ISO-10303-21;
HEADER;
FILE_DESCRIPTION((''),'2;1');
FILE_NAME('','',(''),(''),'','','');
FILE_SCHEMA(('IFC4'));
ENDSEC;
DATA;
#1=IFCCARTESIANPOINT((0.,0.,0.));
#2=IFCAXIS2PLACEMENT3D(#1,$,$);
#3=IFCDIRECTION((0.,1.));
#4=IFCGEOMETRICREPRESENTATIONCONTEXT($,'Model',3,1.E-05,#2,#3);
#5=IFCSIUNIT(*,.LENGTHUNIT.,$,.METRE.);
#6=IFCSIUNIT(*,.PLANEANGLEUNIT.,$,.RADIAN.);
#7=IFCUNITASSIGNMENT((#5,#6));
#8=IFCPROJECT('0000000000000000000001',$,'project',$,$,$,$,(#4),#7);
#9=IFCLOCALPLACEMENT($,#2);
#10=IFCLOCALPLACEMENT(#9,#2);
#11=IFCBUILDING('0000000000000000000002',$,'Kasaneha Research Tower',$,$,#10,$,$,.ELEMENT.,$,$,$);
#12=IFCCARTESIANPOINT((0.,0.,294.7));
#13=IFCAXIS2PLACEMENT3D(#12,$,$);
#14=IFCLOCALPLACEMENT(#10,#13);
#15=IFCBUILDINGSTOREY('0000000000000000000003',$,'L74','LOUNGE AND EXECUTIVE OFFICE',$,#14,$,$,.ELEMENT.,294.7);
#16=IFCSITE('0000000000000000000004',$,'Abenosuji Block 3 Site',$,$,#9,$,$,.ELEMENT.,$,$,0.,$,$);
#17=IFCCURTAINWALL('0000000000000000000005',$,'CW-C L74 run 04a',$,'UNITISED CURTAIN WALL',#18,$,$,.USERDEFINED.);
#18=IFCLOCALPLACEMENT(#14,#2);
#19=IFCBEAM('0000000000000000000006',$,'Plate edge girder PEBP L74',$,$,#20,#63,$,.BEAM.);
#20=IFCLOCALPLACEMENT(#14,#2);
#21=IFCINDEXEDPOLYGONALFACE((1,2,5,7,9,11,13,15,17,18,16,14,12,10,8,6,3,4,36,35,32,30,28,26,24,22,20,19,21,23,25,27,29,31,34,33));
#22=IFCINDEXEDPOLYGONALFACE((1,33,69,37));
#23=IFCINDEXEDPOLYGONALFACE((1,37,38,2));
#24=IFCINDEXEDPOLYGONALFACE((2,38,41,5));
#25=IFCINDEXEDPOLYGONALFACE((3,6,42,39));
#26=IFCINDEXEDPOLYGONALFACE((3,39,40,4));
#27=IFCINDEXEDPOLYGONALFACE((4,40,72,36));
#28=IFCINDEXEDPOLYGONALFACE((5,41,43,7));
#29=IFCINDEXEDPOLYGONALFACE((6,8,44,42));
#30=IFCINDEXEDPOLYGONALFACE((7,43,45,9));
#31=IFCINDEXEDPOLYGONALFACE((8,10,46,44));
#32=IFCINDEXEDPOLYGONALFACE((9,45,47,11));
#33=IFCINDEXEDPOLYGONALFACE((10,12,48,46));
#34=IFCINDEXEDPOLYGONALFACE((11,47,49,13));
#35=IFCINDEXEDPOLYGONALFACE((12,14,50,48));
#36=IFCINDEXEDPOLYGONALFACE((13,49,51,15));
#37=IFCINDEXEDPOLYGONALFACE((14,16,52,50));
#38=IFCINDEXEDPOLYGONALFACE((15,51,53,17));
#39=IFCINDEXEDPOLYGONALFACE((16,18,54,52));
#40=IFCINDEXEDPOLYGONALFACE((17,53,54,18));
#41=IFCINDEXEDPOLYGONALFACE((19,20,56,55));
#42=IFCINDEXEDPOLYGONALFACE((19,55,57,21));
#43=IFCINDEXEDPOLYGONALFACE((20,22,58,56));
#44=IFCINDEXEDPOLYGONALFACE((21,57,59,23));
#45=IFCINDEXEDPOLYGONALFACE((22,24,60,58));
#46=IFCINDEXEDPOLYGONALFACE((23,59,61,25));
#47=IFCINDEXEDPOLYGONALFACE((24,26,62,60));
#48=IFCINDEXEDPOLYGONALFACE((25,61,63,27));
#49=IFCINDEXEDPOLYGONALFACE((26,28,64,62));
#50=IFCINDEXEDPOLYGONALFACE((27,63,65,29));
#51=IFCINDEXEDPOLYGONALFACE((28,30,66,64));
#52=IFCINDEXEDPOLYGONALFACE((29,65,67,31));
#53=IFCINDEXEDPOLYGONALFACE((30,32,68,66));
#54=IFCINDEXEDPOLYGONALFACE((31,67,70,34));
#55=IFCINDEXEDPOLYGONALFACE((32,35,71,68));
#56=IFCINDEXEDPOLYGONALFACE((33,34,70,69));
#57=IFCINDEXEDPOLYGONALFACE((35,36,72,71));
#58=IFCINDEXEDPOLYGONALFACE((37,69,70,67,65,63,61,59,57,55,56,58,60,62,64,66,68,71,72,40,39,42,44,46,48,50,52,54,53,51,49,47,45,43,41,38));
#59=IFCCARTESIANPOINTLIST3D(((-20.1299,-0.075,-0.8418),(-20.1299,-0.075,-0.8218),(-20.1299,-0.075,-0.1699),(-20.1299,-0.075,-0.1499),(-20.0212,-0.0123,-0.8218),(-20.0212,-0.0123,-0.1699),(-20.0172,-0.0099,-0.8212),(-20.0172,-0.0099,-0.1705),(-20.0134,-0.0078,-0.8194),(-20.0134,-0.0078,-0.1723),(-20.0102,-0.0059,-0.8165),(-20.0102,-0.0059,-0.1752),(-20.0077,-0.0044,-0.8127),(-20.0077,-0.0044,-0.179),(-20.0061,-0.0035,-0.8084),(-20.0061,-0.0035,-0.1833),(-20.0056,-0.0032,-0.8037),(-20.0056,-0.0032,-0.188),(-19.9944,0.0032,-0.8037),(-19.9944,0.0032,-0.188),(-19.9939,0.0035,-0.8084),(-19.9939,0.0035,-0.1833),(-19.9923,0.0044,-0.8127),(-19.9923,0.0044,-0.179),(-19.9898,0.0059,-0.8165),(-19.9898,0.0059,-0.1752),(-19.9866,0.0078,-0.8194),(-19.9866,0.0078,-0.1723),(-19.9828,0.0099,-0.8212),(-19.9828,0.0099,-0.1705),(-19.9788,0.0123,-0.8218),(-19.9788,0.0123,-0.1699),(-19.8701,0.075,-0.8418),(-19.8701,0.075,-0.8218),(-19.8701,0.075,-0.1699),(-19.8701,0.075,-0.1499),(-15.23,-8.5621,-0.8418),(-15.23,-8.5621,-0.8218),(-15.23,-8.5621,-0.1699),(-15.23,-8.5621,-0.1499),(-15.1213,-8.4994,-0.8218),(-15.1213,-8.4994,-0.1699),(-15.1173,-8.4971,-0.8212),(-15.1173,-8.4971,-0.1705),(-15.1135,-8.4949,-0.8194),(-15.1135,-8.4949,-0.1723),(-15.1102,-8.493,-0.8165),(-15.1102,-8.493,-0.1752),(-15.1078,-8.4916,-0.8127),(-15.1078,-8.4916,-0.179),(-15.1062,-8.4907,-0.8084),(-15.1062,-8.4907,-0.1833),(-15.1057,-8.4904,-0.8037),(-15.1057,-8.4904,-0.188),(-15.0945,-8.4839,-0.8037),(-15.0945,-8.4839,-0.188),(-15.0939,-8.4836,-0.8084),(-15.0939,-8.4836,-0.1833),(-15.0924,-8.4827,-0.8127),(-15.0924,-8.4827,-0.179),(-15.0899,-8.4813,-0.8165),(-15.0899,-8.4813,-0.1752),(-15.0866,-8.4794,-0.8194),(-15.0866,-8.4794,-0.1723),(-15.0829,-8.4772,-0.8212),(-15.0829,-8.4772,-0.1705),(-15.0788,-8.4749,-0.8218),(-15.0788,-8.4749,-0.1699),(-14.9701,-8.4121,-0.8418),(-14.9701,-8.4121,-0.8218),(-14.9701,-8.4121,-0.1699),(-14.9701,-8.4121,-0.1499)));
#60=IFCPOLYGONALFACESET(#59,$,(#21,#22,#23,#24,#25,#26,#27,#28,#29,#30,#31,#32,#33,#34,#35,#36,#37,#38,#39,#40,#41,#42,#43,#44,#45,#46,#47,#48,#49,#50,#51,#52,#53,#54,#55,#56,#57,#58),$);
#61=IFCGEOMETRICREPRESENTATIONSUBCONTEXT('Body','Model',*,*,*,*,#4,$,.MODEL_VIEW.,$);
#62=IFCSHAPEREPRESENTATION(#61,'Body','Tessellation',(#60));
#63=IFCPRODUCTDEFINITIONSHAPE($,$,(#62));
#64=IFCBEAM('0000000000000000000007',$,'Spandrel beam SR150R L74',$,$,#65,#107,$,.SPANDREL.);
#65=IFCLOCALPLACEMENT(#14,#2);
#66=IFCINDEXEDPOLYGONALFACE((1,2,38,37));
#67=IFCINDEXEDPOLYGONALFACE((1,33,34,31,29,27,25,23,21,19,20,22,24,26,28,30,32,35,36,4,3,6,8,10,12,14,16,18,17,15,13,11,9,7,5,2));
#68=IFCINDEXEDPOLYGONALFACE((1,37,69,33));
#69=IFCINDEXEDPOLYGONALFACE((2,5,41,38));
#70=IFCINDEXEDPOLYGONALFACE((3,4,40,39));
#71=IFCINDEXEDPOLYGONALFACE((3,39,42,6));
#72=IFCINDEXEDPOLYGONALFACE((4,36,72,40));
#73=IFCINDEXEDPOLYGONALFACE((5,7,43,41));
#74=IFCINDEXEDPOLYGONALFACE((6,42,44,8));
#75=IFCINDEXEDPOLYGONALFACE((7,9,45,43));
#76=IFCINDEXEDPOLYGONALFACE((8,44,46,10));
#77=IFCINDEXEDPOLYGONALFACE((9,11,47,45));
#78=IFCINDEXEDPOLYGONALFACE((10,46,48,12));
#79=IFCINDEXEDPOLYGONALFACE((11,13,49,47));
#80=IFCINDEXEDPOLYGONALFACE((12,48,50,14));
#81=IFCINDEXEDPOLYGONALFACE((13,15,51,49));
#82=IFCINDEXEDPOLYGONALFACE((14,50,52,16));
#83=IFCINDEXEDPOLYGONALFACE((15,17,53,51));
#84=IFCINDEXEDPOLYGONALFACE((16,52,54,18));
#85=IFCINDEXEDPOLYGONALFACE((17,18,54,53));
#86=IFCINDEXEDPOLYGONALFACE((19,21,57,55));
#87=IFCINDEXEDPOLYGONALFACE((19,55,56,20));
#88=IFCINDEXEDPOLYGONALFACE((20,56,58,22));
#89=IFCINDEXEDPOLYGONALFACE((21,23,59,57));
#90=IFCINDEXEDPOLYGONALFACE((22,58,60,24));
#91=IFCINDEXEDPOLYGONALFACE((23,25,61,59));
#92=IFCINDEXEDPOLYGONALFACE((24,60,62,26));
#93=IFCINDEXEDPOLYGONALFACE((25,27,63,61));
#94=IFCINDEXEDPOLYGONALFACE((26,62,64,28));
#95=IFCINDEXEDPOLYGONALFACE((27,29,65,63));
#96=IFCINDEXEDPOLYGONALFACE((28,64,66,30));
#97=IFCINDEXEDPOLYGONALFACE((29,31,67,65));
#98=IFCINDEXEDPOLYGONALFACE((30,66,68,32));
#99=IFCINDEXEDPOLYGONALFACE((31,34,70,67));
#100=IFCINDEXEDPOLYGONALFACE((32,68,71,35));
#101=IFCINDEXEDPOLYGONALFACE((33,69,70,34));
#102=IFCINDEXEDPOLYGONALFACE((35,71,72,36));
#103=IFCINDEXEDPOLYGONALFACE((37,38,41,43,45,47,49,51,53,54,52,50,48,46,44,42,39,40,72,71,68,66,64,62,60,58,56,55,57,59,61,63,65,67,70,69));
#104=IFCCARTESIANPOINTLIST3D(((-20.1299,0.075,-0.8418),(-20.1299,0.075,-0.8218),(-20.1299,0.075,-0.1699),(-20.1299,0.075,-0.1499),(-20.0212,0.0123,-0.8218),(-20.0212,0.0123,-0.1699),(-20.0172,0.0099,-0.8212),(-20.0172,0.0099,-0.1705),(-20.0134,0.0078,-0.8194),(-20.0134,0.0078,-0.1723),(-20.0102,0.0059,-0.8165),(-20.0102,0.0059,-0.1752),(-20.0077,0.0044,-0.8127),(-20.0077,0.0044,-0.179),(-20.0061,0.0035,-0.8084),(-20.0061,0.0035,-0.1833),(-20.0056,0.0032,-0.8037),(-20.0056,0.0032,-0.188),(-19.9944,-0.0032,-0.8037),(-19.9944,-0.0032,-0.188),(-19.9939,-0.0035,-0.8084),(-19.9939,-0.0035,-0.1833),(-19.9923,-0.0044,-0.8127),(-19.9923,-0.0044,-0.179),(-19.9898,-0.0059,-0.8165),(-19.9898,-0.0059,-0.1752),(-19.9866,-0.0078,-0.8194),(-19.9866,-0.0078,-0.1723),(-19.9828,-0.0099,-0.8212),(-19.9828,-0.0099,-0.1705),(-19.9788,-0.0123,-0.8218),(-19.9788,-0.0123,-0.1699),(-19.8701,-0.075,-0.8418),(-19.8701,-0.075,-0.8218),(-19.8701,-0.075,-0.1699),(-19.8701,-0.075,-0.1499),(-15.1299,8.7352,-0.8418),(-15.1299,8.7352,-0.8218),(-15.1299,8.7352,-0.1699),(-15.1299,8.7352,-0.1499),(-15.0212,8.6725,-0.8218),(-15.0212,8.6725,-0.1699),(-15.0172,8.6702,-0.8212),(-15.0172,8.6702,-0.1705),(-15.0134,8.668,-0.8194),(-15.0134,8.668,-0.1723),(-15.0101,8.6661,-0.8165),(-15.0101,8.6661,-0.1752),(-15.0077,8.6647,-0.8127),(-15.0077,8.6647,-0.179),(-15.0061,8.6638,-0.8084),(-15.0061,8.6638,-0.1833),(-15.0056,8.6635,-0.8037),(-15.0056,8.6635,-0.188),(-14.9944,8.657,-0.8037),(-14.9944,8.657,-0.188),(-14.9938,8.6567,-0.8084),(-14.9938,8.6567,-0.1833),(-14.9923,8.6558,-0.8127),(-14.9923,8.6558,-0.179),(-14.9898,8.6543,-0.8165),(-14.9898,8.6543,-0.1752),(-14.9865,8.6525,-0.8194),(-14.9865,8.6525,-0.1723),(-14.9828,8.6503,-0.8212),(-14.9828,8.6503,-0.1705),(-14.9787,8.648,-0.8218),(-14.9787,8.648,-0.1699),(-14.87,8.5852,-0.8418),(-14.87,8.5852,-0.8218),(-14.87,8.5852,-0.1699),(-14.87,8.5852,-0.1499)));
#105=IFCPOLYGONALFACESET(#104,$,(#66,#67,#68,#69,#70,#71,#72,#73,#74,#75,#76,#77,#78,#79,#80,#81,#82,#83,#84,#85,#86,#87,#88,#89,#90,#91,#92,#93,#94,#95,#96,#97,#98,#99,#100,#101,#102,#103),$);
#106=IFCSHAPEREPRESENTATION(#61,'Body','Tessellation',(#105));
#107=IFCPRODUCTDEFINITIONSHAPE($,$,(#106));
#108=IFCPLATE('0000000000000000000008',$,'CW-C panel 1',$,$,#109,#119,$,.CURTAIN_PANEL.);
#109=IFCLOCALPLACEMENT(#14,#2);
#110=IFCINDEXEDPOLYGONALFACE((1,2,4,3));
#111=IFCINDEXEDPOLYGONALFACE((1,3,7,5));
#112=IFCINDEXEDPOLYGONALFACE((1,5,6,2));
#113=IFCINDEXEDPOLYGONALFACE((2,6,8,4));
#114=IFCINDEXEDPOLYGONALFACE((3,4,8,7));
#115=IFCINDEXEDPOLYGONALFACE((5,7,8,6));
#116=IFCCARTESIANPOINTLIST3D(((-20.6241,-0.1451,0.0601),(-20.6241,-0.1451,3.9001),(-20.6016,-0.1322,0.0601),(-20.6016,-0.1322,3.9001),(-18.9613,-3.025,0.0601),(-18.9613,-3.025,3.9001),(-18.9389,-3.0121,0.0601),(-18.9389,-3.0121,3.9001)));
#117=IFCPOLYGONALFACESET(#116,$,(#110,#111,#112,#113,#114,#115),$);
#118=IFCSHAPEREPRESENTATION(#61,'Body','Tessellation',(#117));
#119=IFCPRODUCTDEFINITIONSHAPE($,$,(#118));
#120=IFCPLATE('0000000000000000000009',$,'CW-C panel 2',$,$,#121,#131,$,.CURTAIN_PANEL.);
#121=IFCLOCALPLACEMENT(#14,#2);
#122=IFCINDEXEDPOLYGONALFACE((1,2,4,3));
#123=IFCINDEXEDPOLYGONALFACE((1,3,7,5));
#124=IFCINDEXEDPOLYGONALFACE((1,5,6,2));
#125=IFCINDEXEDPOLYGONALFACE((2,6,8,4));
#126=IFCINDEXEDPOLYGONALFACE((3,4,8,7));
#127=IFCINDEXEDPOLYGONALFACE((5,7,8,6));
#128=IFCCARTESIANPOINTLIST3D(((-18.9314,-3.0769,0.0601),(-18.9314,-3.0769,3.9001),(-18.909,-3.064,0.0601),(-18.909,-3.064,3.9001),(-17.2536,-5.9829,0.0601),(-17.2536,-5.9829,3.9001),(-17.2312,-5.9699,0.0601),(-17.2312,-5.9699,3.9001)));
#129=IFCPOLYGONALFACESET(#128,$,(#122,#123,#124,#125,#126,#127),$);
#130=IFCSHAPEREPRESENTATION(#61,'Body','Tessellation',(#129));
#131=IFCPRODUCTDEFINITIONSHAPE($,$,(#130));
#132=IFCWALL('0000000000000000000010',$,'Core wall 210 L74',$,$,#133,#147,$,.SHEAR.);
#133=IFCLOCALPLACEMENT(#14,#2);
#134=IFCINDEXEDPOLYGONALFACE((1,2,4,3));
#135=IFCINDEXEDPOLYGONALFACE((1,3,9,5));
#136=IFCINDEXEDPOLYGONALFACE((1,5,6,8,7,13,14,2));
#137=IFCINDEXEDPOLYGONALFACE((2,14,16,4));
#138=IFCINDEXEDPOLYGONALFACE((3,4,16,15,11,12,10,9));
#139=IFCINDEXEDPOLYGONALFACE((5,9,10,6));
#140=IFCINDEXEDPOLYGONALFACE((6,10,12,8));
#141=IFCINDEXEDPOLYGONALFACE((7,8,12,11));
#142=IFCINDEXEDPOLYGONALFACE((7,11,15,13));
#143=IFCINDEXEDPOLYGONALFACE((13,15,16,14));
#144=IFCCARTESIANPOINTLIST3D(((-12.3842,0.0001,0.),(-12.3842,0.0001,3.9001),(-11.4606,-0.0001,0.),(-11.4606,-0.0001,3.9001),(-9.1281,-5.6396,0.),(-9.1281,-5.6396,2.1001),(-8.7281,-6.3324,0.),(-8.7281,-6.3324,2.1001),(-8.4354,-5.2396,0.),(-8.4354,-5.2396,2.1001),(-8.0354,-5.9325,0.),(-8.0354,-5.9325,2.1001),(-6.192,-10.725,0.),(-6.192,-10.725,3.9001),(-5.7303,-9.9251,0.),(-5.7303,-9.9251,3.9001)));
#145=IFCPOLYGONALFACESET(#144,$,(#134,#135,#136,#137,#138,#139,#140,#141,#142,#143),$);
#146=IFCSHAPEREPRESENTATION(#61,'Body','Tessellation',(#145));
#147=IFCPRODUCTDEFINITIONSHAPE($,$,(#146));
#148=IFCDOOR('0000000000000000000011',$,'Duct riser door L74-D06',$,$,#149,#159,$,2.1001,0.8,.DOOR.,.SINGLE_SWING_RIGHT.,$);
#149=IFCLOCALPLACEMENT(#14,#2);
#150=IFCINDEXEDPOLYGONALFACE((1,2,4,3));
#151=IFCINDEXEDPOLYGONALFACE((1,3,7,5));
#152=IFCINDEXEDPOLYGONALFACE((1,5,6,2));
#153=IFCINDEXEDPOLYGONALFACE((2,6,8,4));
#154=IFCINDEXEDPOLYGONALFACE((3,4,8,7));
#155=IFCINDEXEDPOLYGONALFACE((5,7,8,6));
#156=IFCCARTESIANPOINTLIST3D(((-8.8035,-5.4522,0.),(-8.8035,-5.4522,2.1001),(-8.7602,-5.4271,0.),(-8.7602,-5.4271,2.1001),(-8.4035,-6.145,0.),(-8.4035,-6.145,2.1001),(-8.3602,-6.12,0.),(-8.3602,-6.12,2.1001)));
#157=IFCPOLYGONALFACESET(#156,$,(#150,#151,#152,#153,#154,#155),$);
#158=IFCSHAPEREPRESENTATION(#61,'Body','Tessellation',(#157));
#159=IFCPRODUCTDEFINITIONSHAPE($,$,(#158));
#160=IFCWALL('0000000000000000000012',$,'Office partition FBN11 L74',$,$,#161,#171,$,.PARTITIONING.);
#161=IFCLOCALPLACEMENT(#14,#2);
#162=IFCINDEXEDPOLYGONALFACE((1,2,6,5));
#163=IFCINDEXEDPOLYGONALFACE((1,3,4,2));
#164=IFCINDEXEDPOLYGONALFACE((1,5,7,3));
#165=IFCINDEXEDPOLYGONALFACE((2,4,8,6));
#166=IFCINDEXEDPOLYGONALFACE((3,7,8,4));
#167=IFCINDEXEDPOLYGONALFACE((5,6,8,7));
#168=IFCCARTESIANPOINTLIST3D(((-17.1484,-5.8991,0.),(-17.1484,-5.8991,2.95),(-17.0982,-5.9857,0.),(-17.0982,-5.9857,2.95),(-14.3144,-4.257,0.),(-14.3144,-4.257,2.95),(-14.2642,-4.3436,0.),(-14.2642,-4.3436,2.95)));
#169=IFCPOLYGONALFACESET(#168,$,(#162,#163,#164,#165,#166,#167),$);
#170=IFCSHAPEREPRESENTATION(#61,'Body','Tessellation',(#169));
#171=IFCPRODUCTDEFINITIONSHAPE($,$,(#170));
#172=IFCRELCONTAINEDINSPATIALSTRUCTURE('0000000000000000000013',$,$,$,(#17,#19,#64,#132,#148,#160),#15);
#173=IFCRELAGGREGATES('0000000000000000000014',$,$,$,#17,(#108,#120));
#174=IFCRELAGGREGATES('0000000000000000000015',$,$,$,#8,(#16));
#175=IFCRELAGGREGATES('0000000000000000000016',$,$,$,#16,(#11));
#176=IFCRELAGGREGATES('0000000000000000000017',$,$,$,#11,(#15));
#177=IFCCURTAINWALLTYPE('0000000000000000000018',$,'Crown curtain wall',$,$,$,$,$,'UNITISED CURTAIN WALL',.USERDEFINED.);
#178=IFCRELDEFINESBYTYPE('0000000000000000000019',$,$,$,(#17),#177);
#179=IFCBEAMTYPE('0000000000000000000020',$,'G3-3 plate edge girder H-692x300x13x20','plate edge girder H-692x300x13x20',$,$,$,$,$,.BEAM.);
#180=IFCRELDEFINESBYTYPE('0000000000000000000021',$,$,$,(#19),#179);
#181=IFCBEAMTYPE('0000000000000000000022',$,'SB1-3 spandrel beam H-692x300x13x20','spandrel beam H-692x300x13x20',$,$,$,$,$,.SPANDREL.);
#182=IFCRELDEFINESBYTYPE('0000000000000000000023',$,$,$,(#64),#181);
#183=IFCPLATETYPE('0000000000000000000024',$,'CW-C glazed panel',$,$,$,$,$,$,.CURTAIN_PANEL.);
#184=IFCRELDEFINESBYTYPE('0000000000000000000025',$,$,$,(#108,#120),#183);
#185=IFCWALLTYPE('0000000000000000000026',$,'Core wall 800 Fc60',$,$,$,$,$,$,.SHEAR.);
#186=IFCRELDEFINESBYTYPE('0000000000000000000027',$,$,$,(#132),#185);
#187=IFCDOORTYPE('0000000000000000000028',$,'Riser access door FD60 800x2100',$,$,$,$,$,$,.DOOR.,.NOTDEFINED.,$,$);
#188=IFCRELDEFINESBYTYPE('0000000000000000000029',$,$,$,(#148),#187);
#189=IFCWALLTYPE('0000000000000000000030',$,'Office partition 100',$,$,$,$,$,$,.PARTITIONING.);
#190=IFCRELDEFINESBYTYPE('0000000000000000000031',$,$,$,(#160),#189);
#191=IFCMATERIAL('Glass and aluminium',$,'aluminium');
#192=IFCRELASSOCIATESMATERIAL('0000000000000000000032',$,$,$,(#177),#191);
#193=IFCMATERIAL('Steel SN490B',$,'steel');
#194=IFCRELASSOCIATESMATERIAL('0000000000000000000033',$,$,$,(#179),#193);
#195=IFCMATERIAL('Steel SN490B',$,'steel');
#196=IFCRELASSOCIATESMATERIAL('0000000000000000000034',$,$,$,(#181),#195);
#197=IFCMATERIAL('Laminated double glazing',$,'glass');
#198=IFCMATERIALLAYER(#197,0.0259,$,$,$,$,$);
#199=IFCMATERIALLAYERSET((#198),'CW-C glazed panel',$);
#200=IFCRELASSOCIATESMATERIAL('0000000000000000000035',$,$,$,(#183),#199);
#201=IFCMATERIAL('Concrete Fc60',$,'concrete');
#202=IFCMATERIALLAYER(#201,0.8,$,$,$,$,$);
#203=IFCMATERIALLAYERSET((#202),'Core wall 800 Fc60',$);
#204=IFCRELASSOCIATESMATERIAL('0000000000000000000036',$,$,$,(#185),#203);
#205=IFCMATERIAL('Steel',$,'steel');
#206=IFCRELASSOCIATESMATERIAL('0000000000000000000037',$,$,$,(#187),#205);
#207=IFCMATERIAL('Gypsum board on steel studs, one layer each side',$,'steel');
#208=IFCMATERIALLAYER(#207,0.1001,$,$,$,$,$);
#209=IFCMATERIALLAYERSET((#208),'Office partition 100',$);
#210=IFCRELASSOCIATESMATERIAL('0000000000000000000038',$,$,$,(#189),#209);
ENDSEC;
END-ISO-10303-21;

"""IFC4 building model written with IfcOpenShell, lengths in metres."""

from ifc_helpers import new_model, si_unit, direction, frame, frame_2d, origin, origin_2d, place, context, subcontext, project, spatial, polyline, rectangle, i_section, outline, extrude, material, layer, layer_set, material_profile, profile_set, type_object, element, fill, aggregate, save


model = new_model("IFC4")

# Units and contexts
model_context = context("Model", 3, precision=1e-05, world=origin(), true_north=direction((0.0, 1.0)))
body_context = subcontext(model_context, "Body", "Model", "MODEL_VIEW")
ifc_project = project(units=[si_unit("LENGTHUNIT", "METRE"), si_unit("PLANEANGLEUNIT", "RADIAN")], contexts=[model_context])

# Site, building, storey
site_placement = place(None, origin())
site = spatial("IfcSite", under=ifc_project, at=site_placement, Name="Abenosuji Block 3 Site", CompositionType="ELEMENT", RefElevation=0.0)
building_placement = place(site_placement, origin())
building = spatial("IfcBuilding", under=site, at=building_placement, Name="Kasaneha Research Tower", CompositionType="ELEMENT")
storey_placement = place(building_placement, frame((0.0, 0.0, 294.7)))
storey = spatial("IfcBuildingStorey", under=building, at=storey_placement, Name="L74", Description="LOUNGE AND EXECUTIVE OFFICE", CompositionType="ELEMENT", Elevation=294.7)

# Curtain wall
ifc_material_1 = material(Name="Glass and aluminium", Category="aluminium")
curtain_wall_type = type_object("IfcCurtainWallType", Name="Crown curtain wall", ElementType="UNITISED CURTAIN WALL", PredefinedType="USERDEFINED", material=ifc_material_1)
curtain_wall_placement = place(storey_placement, origin())
curtain_wall = element("IfcCurtainWall", 1, at=curtain_wall_placement, inside=storey, type_object=curtain_wall_type, Name="CW-C L74 run 04a", ObjectType="UNITISED CURTAIN WALL", PredefinedType="USERDEFINED")

# Beams
ifc_material_2 = material(Name="Steel SN490B", Category="steel")
ifc_material_profile_1 = material_profile(ifc_material_2, i_section(OverallWidth=0.3, OverallDepth=0.6919, WebThickness=0.0129, FlangeThickness=0.02, FilletRadius=0.0181, at=origin_2d()), Name="H-692x300x13x20")
ifc_profile_set_1 = profile_set([ifc_material_profile_1], Name="Steel SN490B")
beam_type_1 = type_object("IfcBeamType", Name="G3-3 plate edge girder H-692x300x13x20", Description="plate edge girder H-692x300x13x20", PredefinedType="BEAM", material=ifc_profile_set_1)
beam_1_placement = place(storey_placement, frame((-20.0, 0.0, -0.4958), z_axis=(0.499992, -0.86603, 0.0), x_axis=(0.86603, 0.499992, 0.0)))
element("IfcBeam", 2, at=beam_1_placement, inside=storey, type_object=beam_type_1, Name="Plate edge girder PEBP L74", PredefinedType="BEAM", context=body_context, shape_type="SweptSolid", body=[
    extrude(i_section(OverallWidth=0.3, OverallDepth=0.6919, WebThickness=0.0129, FlangeThickness=0.02, FilletRadius=0.0181, at=origin_2d()), origin(), (0.0, 0.0, 1.0), 9.8),
])
ifc_material_3 = material(Name="Steel SN490B", Category="steel")
ifc_material_profile_2 = material_profile(ifc_material_3, i_section(OverallWidth=0.3, OverallDepth=0.6919, WebThickness=0.0129, FlangeThickness=0.02, FilletRadius=0.0181, at=origin_2d()), Name="H-692x300x13x20")
ifc_profile_set_2 = profile_set([ifc_material_profile_2], Name="Steel SN490B")
beam_type_2 = type_object("IfcBeamType", Name="SB1-3 spandrel beam H-692x300x13x20", Description="spandrel beam H-692x300x13x20", PredefinedType="SPANDREL", material=ifc_profile_set_2)
beam_2_placement = place(storey_placement, frame((-20.0, 0.0, -0.4958), z_axis=(0.500004, 0.866023, 0.0), x_axis=(-0.866023, 0.500004, 0.0)))
element("IfcBeam", 3, at=beam_2_placement, inside=storey, type_object=beam_type_2, Name="Spandrel beam SR150R L74", PredefinedType="SPANDREL", context=body_context, shape_type="SweptSolid", body=[
    extrude(i_section(OverallWidth=0.3, OverallDepth=0.6919, WebThickness=0.0129, FlangeThickness=0.02, FilletRadius=0.0181, at=origin_2d()), origin(), (0.0, 0.0, 1.0), 10.0),
])

# Plates
ifc_material_4 = material(Name="Laminated double glazing", Category="glass")
ifc_layer_1 = layer(ifc_material_4, 0.0259)
ifc_layer_set_1 = layer_set([ifc_layer_1], Name="CW-C glazed panel")
plate_type = type_object("IfcPlateType", Name="CW-C glazed panel", PredefinedType="CURTAIN_PANEL", material=ifc_layer_set_1)
plate_1_placement = place(storey_placement, frame((-19.7815, -1.5786, 0.0601), z_axis=(0.0, 0.0, 1.0), x_axis=(0.5, -0.866025, 0.0)))
plate_1 = element("IfcPlate", 4, at=plate_1_placement, type_object=plate_type, Name="CW-C panel 1", PredefinedType="CURTAIN_PANEL", context=body_context, shape_type="SweptSolid", body=[
    extrude(rectangle(XDim=3.3254, YDim=0.0259, at=origin_2d()), origin(), (0.0, 0.0, 1.0), 3.8401),
])
plate_2_placement = place(storey_placement, frame((-18.0813, -4.5234, 0.0601), z_axis=(0.0, 0.0, 1.0), x_axis=(0.5, -0.866025, 0.0)))
plate_2 = element("IfcPlate", 5, at=plate_2_placement, type_object=plate_type, Name="CW-C panel 2", PredefinedType="CURTAIN_PANEL", context=body_context, shape_type="SweptSolid", body=[
    extrude(rectangle(XDim=3.3555, YDim=0.0259, at=origin_2d()), origin(), (0.0, 0.0, 1.0), 3.8401),
])
aggregate(curtain_wall, [plate_1, plate_2])

# Wall, opening, door
ifc_material_5 = material(Name="Concrete Fc60", Category="concrete")
ifc_layer_2 = layer(ifc_material_5, 0.8)
ifc_layer_set_2 = layer_set([ifc_layer_2], Name="Core wall 800 Fc60")
wall_type_1 = type_object("IfcWallType", Name="Core wall 800 Fc60", PredefinedType="SHEAR", material=ifc_layer_set_2)
wall_1_placement = place(storey_placement, frame((-11.9224, 0.0, 0.0), z_axis=(0.0, 0.0, 1.0), x_axis=(0.500004, -0.866023, 0.0)))
wall_1 = element("IfcWall", 6, at=wall_1_placement, inside=storey, type_object=wall_type_1, Name="Core wall 210 L74", PredefinedType="SHEAR", context=body_context, shape_type="SweptSolid", body=[
    extrude(outline(polyline([(-0.231, -0.3999), (6.2812, -0.3999), (7.0813, -0.3999), (12.1533, -0.3999), (11.6914, 0.3999), (7.0813, 0.3999), (6.2812, 0.3999), (0.231, 0.3999), (-0.231, -0.3999)])), origin(), (0.0, 0.0, 1.0), 3.9001),
])
opening_1_placement = place(wall_1_placement, frame((6.2812, 0.0, 0.0)))
opening_1 = element("IfcOpeningElement", 7, at=opening_1_placement, cuts=wall_1, PredefinedType="OPENING", context=body_context, shape_type="SweptSolid", body=[
    extrude(rectangle(XDim=0.8, YDim=2.1001, at=frame_2d((0.3999, 1.05))), frame((0.0, 0.4102, 0.0), z_axis=(0.0, -1.0, 0.0), x_axis=(1.0, 0.0, 0.0)), (0.0, 0.0, 1.0), 0.8201),
])
ifc_material_6 = material(Name="Steel", Category="steel")
door_type_1 = type_object("IfcDoorType", Name="Riser access door FD60 800x2100", OperationType="NOTDEFINED", PredefinedType="DOOR", material=ifc_material_6)
door_1_placement = place(opening_1_placement, origin())
door_1 = element("IfcDoor", 8, at=door_1_placement, inside=storey, type_object=door_type_1, Name="Duct riser door L74-D06", OperationType="SINGLE_SWING_RIGHT", OverallHeight=2.1001, OverallWidth=0.8, PredefinedType="DOOR", context=body_context, shape_type="SweptSolid", body=[
    extrude(rectangle(XDim=0.8, YDim=2.1001, at=frame_2d((0.3999, 1.05))), frame((0.0, 0.0249, 0.0), z_axis=(0.0, -1.0, 0.0), x_axis=(1.0, 0.0, 0.0)), (0.0, 0.0, 1.0), 0.05),
])
fill(opening_1, door_1)

# Wall
ifc_material_7 = material(Name="Gypsum board on steel studs, one layer each side", Category="steel")
ifc_layer_3 = layer(ifc_material_7, 0.1001)
ifc_layer_set_3 = layer_set([ifc_layer_3], Name="Office partition 100")
wall_type_2 = type_object("IfcWallType", Name="Office partition 100", PredefinedType="PARTITIONING", material=ifc_layer_set_3)
wall_2_placement = place(storey_placement, frame((-14.2893, -4.3003, 0.0), z_axis=(0.0, 0.0, 1.0), x_axis=(-0.865246, -0.501348, 0.0)))
element("IfcWall", 9, at=wall_2_placement, inside=storey, type_object=wall_type_2, Name="Office partition FBN11 L74", PredefinedType="PARTITIONING", context=body_context, shape_type="SweptSolid", body=[
    extrude(rectangle(XDim=3.2754, YDim=0.1001, at=frame_2d((1.6377, 0.0))), origin(), (0.0, 0.0, 1.0), 2.95),
])

save(model, "model.ifc")
